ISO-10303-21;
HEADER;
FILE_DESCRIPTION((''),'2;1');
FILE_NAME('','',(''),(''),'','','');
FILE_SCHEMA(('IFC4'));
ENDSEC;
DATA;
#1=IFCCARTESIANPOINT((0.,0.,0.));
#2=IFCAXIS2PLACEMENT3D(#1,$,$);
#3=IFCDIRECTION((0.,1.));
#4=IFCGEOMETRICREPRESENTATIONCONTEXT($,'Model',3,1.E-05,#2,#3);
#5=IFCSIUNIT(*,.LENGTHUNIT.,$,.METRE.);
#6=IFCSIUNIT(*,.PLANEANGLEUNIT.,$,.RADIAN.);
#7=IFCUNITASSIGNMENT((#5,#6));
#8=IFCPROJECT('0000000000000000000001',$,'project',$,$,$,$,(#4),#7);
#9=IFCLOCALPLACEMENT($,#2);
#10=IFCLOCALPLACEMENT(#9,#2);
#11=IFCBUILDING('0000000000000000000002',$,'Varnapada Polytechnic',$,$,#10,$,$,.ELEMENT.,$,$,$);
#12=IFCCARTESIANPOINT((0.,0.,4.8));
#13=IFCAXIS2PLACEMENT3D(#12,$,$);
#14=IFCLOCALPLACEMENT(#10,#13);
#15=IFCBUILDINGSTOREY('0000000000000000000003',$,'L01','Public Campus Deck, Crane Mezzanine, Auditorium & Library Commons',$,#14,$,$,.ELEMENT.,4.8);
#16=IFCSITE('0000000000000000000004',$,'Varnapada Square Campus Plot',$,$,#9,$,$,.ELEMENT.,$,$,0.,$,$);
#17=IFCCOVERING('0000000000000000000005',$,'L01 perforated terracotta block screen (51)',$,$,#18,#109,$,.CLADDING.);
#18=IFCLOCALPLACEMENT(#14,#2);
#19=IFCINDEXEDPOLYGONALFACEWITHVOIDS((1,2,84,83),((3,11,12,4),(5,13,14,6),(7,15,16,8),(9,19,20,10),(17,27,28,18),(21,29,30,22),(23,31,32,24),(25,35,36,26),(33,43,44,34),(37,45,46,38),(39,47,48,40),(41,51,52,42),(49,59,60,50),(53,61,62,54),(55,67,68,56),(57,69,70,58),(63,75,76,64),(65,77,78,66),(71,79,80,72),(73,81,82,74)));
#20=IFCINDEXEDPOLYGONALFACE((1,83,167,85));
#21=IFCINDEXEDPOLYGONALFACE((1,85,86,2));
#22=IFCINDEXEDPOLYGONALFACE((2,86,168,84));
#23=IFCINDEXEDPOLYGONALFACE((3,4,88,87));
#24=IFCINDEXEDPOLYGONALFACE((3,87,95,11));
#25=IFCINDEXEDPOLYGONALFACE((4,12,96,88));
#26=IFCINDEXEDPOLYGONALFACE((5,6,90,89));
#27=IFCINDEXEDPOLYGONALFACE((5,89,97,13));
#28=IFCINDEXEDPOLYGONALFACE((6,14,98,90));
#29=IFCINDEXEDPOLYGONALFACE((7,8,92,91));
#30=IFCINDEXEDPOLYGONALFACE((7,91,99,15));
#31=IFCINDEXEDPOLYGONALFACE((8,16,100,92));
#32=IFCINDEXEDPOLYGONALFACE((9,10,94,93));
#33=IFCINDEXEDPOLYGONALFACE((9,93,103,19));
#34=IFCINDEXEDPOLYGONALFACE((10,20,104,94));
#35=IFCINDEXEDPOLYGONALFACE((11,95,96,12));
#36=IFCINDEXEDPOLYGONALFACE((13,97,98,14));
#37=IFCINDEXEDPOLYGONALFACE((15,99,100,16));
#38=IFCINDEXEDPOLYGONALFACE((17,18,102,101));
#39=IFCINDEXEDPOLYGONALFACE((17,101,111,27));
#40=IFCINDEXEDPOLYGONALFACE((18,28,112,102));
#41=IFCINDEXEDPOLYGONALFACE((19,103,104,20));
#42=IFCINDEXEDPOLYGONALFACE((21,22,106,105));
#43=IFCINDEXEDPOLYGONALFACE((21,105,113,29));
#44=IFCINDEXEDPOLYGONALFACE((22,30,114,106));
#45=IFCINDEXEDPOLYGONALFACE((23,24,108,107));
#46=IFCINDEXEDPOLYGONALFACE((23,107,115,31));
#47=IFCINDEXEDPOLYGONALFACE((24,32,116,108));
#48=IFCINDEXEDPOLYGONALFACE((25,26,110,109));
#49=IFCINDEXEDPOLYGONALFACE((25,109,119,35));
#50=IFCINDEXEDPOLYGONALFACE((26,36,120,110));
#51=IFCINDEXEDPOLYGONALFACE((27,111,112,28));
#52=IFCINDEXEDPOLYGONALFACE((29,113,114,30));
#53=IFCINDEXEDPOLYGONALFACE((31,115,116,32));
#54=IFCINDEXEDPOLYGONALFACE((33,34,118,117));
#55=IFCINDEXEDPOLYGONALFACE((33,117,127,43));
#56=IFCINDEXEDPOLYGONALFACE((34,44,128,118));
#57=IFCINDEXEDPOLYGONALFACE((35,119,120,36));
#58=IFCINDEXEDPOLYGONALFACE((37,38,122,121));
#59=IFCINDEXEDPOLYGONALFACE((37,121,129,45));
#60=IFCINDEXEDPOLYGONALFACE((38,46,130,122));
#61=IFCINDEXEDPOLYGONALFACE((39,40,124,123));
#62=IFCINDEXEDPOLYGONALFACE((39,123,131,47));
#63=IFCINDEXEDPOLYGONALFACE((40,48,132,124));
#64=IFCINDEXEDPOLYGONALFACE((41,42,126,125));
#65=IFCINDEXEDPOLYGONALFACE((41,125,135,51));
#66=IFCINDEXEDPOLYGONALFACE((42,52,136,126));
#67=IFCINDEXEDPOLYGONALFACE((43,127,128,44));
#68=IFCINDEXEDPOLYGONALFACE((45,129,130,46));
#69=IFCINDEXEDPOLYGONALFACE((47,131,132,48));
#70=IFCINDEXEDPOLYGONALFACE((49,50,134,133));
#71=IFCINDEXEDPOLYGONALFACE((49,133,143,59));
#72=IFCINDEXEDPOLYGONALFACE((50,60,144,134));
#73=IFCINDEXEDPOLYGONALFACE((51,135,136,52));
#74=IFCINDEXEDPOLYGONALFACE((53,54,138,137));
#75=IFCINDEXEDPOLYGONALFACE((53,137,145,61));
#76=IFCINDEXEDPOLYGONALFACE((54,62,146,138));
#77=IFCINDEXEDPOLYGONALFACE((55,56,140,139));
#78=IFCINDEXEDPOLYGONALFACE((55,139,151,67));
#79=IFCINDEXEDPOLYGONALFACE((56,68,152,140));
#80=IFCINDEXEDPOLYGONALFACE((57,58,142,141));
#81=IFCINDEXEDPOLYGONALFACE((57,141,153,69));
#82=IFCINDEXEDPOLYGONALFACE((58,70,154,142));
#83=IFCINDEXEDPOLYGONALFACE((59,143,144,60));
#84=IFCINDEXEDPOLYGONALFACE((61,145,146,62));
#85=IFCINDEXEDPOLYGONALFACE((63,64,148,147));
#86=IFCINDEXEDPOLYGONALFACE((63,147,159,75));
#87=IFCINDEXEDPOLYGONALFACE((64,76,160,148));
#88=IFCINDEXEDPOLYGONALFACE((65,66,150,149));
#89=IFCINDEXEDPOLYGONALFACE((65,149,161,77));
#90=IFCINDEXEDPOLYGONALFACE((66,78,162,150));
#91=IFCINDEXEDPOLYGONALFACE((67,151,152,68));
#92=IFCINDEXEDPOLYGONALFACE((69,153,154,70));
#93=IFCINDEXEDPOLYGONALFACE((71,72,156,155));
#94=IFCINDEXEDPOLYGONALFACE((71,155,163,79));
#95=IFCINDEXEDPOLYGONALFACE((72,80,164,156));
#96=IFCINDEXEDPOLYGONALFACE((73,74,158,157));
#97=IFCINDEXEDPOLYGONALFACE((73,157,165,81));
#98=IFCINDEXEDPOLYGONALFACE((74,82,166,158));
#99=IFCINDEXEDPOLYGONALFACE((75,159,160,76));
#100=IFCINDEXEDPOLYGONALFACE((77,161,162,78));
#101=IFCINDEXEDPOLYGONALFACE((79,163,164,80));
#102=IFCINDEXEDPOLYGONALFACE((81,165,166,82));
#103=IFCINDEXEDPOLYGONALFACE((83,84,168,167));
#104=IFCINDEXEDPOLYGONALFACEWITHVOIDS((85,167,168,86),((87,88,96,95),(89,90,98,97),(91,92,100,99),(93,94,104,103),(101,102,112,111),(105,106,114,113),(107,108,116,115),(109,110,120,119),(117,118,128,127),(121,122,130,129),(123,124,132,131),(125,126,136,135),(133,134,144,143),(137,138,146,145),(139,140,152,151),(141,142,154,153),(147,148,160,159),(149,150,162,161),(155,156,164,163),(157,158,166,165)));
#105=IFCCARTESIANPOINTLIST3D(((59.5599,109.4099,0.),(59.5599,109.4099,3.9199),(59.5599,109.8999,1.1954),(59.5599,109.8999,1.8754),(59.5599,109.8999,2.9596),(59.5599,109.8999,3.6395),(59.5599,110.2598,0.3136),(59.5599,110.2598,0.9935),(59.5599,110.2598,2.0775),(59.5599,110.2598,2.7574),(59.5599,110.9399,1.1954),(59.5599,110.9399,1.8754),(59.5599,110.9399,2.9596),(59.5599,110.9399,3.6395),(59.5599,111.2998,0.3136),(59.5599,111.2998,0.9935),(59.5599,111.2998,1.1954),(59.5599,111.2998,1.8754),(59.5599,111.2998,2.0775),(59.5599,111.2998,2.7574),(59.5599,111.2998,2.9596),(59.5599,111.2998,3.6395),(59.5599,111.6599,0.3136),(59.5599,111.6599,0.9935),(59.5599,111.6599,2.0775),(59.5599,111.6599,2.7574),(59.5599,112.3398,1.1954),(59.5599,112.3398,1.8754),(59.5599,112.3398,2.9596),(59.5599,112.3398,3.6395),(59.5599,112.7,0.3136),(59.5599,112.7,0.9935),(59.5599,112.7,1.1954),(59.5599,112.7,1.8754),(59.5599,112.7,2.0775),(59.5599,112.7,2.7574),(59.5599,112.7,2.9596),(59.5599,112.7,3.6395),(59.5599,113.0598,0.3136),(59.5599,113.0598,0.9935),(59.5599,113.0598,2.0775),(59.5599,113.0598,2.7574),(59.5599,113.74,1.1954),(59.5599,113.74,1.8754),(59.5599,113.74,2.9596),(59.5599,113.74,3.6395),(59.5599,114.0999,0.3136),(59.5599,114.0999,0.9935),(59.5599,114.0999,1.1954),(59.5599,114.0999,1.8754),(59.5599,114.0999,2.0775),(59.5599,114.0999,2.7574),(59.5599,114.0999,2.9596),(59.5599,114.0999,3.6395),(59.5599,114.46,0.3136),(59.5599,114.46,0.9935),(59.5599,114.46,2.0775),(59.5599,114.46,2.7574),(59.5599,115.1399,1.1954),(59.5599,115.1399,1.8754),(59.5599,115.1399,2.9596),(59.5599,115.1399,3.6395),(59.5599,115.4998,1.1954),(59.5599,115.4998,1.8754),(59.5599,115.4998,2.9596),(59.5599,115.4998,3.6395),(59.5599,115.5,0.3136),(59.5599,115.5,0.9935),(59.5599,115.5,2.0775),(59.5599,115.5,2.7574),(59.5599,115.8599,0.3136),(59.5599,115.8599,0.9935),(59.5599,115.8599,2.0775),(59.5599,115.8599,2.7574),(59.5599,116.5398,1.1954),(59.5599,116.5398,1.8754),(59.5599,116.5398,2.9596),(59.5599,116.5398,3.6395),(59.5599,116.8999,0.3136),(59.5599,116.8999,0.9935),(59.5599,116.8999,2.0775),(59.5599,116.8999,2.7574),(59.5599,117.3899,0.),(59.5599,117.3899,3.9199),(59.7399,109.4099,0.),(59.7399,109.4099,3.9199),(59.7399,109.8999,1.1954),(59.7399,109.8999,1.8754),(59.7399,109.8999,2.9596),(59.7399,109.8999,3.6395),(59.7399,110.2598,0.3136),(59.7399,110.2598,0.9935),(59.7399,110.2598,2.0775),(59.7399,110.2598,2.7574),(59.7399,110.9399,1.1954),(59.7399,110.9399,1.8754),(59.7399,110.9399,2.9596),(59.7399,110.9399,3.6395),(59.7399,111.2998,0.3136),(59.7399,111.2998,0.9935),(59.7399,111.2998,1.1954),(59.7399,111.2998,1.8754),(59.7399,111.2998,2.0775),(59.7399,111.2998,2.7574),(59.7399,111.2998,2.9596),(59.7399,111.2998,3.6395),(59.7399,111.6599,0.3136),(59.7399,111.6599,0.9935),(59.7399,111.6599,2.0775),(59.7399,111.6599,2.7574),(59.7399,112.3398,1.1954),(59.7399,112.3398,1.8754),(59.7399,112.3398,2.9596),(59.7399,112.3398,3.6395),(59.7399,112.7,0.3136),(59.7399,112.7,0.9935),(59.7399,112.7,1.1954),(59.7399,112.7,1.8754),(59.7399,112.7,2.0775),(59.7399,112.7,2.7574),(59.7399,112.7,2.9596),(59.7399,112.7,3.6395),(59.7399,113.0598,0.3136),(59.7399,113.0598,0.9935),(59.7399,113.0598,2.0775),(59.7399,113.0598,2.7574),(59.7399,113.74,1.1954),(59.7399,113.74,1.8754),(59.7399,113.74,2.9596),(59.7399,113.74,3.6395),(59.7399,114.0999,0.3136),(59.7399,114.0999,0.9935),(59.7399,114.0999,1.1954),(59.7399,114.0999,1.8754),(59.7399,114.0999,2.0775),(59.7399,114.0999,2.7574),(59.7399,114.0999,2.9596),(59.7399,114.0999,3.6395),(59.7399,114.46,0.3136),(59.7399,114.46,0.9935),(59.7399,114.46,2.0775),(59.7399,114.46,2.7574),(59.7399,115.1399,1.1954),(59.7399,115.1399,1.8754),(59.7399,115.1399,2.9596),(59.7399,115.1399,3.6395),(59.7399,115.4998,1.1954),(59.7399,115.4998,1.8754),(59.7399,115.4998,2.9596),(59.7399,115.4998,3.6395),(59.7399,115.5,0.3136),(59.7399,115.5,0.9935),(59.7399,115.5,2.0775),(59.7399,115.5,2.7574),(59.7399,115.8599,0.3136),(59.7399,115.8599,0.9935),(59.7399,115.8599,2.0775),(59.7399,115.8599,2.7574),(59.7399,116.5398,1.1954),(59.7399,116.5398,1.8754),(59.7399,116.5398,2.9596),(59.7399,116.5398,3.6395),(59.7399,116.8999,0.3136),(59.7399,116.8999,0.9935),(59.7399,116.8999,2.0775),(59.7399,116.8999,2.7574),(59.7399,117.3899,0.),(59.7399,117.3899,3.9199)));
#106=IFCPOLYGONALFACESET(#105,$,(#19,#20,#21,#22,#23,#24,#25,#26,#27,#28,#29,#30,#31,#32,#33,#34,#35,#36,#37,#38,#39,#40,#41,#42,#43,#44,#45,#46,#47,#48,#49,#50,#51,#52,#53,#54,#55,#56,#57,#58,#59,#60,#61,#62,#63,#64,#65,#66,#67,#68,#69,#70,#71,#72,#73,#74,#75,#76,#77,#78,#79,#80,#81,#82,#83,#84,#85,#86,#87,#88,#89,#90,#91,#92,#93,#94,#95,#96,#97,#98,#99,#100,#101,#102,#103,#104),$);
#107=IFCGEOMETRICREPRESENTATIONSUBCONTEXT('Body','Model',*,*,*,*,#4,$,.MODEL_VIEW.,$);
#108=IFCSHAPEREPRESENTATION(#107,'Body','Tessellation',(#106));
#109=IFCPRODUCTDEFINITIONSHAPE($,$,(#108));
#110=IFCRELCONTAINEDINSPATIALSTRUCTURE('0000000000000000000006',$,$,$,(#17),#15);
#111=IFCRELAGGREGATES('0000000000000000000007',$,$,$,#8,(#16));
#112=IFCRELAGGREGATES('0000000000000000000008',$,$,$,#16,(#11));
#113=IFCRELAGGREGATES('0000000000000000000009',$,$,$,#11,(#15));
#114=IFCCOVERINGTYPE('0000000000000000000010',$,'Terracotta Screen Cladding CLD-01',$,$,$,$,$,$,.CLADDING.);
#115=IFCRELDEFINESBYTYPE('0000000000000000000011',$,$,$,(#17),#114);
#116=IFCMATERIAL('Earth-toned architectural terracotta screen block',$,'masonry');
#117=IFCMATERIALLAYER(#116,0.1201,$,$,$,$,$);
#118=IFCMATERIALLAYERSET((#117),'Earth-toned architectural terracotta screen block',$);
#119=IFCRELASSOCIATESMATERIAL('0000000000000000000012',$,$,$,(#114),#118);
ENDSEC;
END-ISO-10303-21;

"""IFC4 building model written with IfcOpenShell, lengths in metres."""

from ifc_helpers import new_model, si_unit, direction, frame, frame_2d, origin, place, context, subcontext, project, spatial, rectangle, extrude, material, layer, layer_set, type_object, element, save


model = new_model("IFC4")

# Units and contexts
model_context = context("Model", 3, precision=1e-05, world=origin(), true_north=direction((0.0, 1.0)))
body_context = subcontext(model_context, "Body", "Model", "MODEL_VIEW")
ifc_project = project(units=[si_unit("LENGTHUNIT", "METRE"), si_unit("PLANEANGLEUNIT", "RADIAN")], contexts=[model_context])

# Site, building, storey
site_placement = place(None, origin())
site = spatial("IfcSite", under=ifc_project, at=site_placement, Name="Varnapada Square Campus Plot", CompositionType="ELEMENT", RefElevation=0.0)
building_placement = place(site_placement, origin())
building = spatial("IfcBuilding", under=site, at=building_placement, Name="Varnapada Polytechnic", CompositionType="ELEMENT")
storey_placement = place(building_placement, frame((0.0, 0.0, 4.8)))
storey = spatial("IfcBuildingStorey", under=building, at=storey_placement, Name="L01", Description="Public Campus Deck, Crane Mezzanine, Auditorium & Library Commons", CompositionType="ELEMENT", Elevation=4.8)

# Covering, openings
ifc_material_1 = material(Name="Earth-toned architectural terracotta screen block", Category="masonry")
ifc_layer_1 = layer(ifc_material_1, 0.1201)
ifc_layer_set_1 = layer_set([ifc_layer_1], Name="Earth-toned architectural terracotta screen block")
covering_type = type_object("IfcCoveringType", Name="Terracotta Screen Cladding CLD-01", PredefinedType="CLADDING", material=ifc_layer_set_1)
covering_placement = place(storey_placement, frame((59.6499, 117.3899, 0.0), z_axis=(0.0, 0.0, 1.0), x_axis=(0.0, -1.0, 0.0)))
covering = element("IfcCovering", 1, at=covering_placement, inside=storey, type_object=covering_type, Name="L01 perforated terracotta block screen (51)", PredefinedType="CLADDING", context=body_context, shape_type="SweptSolid", body=[
    extrude(rectangle(XDim=7.98, YDim=0.1799, at=frame_2d((3.99, 0.0))), origin(), (0.0, 0.0, 1.0), 3.9199),
])
opening_1_placement = place(covering_placement, frame((0.49, 0.0, 0.3137)))
element("IfcOpeningElement", 2, at=opening_1_placement, cuts=covering, PredefinedType="OPENING", context=body_context, shape_type="SweptSolid", body=[
    extrude(rectangle(XDim=1.04, YDim=0.6799, at=frame_2d((0.52, 0.3398))), frame((0.0, 0.0999, 0.0), z_axis=(0.0, -1.0, 0.0), x_axis=(1.0, 0.0, 0.0)), (0.0, 0.0, 1.0), 0.2),
])
opening_2_placement = place(covering_placement, frame((1.8899, 0.0, 0.3137)))
element("IfcOpeningElement", 3, at=opening_2_placement, cuts=covering, PredefinedType="OPENING", context=body_context, shape_type="SweptSolid", body=[
    extrude(rectangle(XDim=1.04, YDim=0.6799, at=frame_2d((0.52, 0.3398))), frame((0.0, 0.0999, 0.0), z_axis=(0.0, -1.0, 0.0), x_axis=(1.0, 0.0, 0.0)), (0.0, 0.0, 1.0), 0.2),
])
opening_3_placement = place(covering_placement, frame((3.29, 0.0, 0.3137)))
element("IfcOpeningElement", 4, at=opening_3_placement, cuts=covering, PredefinedType="OPENING", context=body_context, shape_type="SweptSolid", body=[
    extrude(rectangle(XDim=1.04, YDim=0.6799, at=frame_2d((0.52, 0.3398))), frame((0.0, 0.0999, 0.0), z_axis=(0.0, -1.0, 0.0), x_axis=(1.0, 0.0, 0.0)), (0.0, 0.0, 1.0), 0.2),
])
opening_4_placement = place(covering_placement, frame((4.6899, 0.0, 0.3137)))
element("IfcOpeningElement", 5, at=opening_4_placement, cuts=covering, PredefinedType="OPENING", context=body_context, shape_type="SweptSolid", body=[
    extrude(rectangle(XDim=1.04, YDim=0.6799, at=frame_2d((0.52, 0.3398))), frame((0.0, 0.0999, 0.0), z_axis=(0.0, -1.0, 0.0), x_axis=(1.0, 0.0, 0.0)), (0.0, 0.0, 1.0), 0.2),
])
opening_5_placement = place(covering_placement, frame((6.0901, 0.0, 0.3137)))
element("IfcOpeningElement", 6, at=opening_5_placement, cuts=covering, PredefinedType="OPENING", context=body_context, shape_type="SweptSolid", body=[
    extrude(rectangle(XDim=1.04, YDim=0.6799, at=frame_2d((0.52, 0.3398))), frame((0.0, 0.0999, 0.0), z_axis=(0.0, -1.0, 0.0), x_axis=(1.0, 0.0, 0.0)), (0.0, 0.0, 1.0), 0.2),
])
opening_6_placement = place(covering_placement, frame((0.8501, 0.0, 1.1956)))
element("IfcOpeningElement", 7, at=opening_6_placement, cuts=covering, PredefinedType="OPENING", context=body_context, shape_type="SweptSolid", body=[
    extrude(rectangle(XDim=1.04, YDim=0.6799, at=frame_2d((0.52, 0.3398))), frame((0.0, 0.0999, 0.0), z_axis=(0.0, -1.0, 0.0), x_axis=(1.0, 0.0, 0.0)), (0.0, 0.0, 1.0), 0.2),
])
opening_7_placement = place(covering_placement, frame((2.25, 0.0, 1.1956)))
element("IfcOpeningElement", 8, at=opening_7_placement, cuts=covering, PredefinedType="OPENING", context=body_context, shape_type="SweptSolid", body=[
    extrude(rectangle(XDim=1.04, YDim=0.6799, at=frame_2d((0.52, 0.3398))), frame((0.0, 0.0999, 0.0), z_axis=(0.0, -1.0, 0.0), x_axis=(1.0, 0.0, 0.0)), (0.0, 0.0, 1.0), 0.2),
])
opening_8_placement = place(covering_placement, frame((3.6499, 0.0, 1.1956)))
element("IfcOpeningElement", 9, at=opening_8_placement, cuts=covering, PredefinedType="OPENING", context=body_context, shape_type="SweptSolid", body=[
    extrude(rectangle(XDim=1.04, YDim=0.6799, at=frame_2d((0.52, 0.3398))), frame((0.0, 0.0999, 0.0), z_axis=(0.0, -1.0, 0.0), x_axis=(1.0, 0.0, 0.0)), (0.0, 0.0, 1.0), 0.2),
])
opening_9_placement = place(covering_placement, frame((5.05, 0.0, 1.1956)))
element("IfcOpeningElement", 10, at=opening_9_placement, cuts=covering, PredefinedType="OPENING", context=body_context, shape_type="SweptSolid", body=[
    extrude(rectangle(XDim=1.04, YDim=0.6799, at=frame_2d((0.52, 0.3398))), frame((0.0, 0.0999, 0.0), z_axis=(0.0, -1.0, 0.0), x_axis=(1.0, 0.0, 0.0)), (0.0, 0.0, 1.0), 0.2),
])
opening_10_placement = place(covering_placement, frame((6.45, 0.0, 1.1956)))
element("IfcOpeningElement", 11, at=opening_10_placement, cuts=covering, PredefinedType="OPENING", context=body_context, shape_type="SweptSolid", body=[
    extrude(rectangle(XDim=1.04, YDim=0.6799, at=frame_2d((0.52, 0.3398))), frame((0.0, 0.0999, 0.0), z_axis=(0.0, -1.0, 0.0), x_axis=(1.0, 0.0, 0.0)), (0.0, 0.0, 1.0), 0.2),
])
opening_11_placement = place(covering_placement, frame((0.49, 0.0, 2.0776)))
element("IfcOpeningElement", 12, at=opening_11_placement, cuts=covering, PredefinedType="OPENING", context=body_context, shape_type="SweptSolid", body=[
    extrude(rectangle(XDim=1.04, YDim=0.6799, at=frame_2d((0.52, 0.3398))), frame((0.0, 0.0999, 0.0), z_axis=(0.0, -1.0, 0.0), x_axis=(1.0, 0.0, 0.0)), (0.0, 0.0, 1.0), 0.2),
])
opening_12_placement = place(covering_placement, frame((1.8899, 0.0, 2.0776)))
element("IfcOpeningElement", 13, at=opening_12_placement, cuts=covering, PredefinedType="OPENING", context=body_context, shape_type="SweptSolid", body=[
    extrude(rectangle(XDim=1.04, YDim=0.6799, at=frame_2d((0.52, 0.3398))), frame((0.0, 0.0999, 0.0), z_axis=(0.0, -1.0, 0.0), x_axis=(1.0, 0.0, 0.0)), (0.0, 0.0, 1.0), 0.2),
])
opening_13_placement = place(covering_placement, frame((3.29, 0.0, 2.0776)))
element("IfcOpeningElement", 14, at=opening_13_placement, cuts=covering, PredefinedType="OPENING", context=body_context, shape_type="SweptSolid", body=[
    extrude(rectangle(XDim=1.04, YDim=0.6799, at=frame_2d((0.52, 0.3398))), frame((0.0, 0.0999, 0.0), z_axis=(0.0, -1.0, 0.0), x_axis=(1.0, 0.0, 0.0)), (0.0, 0.0, 1.0), 0.2),
])
opening_14_placement = place(covering_placement, frame((4.6899, 0.0, 2.0776)))
element("IfcOpeningElement", 15, at=opening_14_placement, cuts=covering, PredefinedType="OPENING", context=body_context, shape_type="SweptSolid", body=[
    extrude(rectangle(XDim=1.04, YDim=0.6799, at=frame_2d((0.52, 0.3398))), frame((0.0, 0.0999, 0.0), z_axis=(0.0, -1.0, 0.0), x_axis=(1.0, 0.0, 0.0)), (0.0, 0.0, 1.0), 0.2),
])
opening_15_placement = place(covering_placement, frame((6.0901, 0.0, 2.0776)))
element("IfcOpeningElement", 16, at=opening_15_placement, cuts=covering, PredefinedType="OPENING", context=body_context, shape_type="SweptSolid", body=[
    extrude(rectangle(XDim=1.04, YDim=0.6799, at=frame_2d((0.52, 0.3398))), frame((0.0, 0.0999, 0.0), z_axis=(0.0, -1.0, 0.0), x_axis=(1.0, 0.0, 0.0)), (0.0, 0.0, 1.0), 0.2),
])
opening_16_placement = place(covering_placement, frame((0.8501, 0.0, 2.9597)))
element("IfcOpeningElement", 17, at=opening_16_placement, cuts=covering, PredefinedType="OPENING", context=body_context, shape_type="SweptSolid", body=[
    extrude(rectangle(XDim=1.04, YDim=0.6799, at=frame_2d((0.52, 0.3398))), frame((0.0, 0.0999, 0.0), z_axis=(0.0, -1.0, 0.0), x_axis=(1.0, 0.0, 0.0)), (0.0, 0.0, 1.0), 0.2),
])
opening_17_placement = place(covering_placement, frame((2.25, 0.0, 2.9597)))
element("IfcOpeningElement", 18, at=opening_17_placement, cuts=covering, PredefinedType="OPENING", context=body_context, shape_type="SweptSolid", body=[
    extrude(rectangle(XDim=1.04, YDim=0.6799, at=frame_2d((0.52, 0.3398))), frame((0.0, 0.0999, 0.0), z_axis=(0.0, -1.0, 0.0), x_axis=(1.0, 0.0, 0.0)), (0.0, 0.0, 1.0), 0.2),
])
opening_18_placement = place(covering_placement, frame((3.6499, 0.0, 2.9597)))
element("IfcOpeningElement", 19, at=opening_18_placement, cuts=covering, PredefinedType="OPENING", context=body_context, shape_type="SweptSolid", body=[
    extrude(rectangle(XDim=1.04, YDim=0.6799, at=frame_2d((0.52, 0.3398))), frame((0.0, 0.0999, 0.0), z_axis=(0.0, -1.0, 0.0), x_axis=(1.0, 0.0, 0.0)), (0.0, 0.0, 1.0), 0.2),
])
opening_19_placement = place(covering_placement, frame((5.05, 0.0, 2.9597)))
element("IfcOpeningElement", 20, at=opening_19_placement, cuts=covering, PredefinedType="OPENING", context=body_context, shape_type="SweptSolid", body=[
    extrude(rectangle(XDim=1.04, YDim=0.6799, at=frame_2d((0.52, 0.3398))), frame((0.0, 0.0999, 0.0), z_axis=(0.0, -1.0, 0.0), x_axis=(1.0, 0.0, 0.0)), (0.0, 0.0, 1.0), 0.2),
])
opening_20_placement = place(covering_placement, frame((6.45, 0.0, 2.9597)))
element("IfcOpeningElement", 21, at=opening_20_placement, cuts=covering, PredefinedType="OPENING", context=body_context, shape_type="SweptSolid", body=[
    extrude(rectangle(XDim=1.04, YDim=0.6799, at=frame_2d((0.52, 0.3398))), frame((0.0, 0.0999, 0.0), z_axis=(0.0, -1.0, 0.0), x_axis=(1.0, 0.0, 0.0)), (0.0, 0.0, 1.0), 0.2),
])

save(model, "model.ifc")
